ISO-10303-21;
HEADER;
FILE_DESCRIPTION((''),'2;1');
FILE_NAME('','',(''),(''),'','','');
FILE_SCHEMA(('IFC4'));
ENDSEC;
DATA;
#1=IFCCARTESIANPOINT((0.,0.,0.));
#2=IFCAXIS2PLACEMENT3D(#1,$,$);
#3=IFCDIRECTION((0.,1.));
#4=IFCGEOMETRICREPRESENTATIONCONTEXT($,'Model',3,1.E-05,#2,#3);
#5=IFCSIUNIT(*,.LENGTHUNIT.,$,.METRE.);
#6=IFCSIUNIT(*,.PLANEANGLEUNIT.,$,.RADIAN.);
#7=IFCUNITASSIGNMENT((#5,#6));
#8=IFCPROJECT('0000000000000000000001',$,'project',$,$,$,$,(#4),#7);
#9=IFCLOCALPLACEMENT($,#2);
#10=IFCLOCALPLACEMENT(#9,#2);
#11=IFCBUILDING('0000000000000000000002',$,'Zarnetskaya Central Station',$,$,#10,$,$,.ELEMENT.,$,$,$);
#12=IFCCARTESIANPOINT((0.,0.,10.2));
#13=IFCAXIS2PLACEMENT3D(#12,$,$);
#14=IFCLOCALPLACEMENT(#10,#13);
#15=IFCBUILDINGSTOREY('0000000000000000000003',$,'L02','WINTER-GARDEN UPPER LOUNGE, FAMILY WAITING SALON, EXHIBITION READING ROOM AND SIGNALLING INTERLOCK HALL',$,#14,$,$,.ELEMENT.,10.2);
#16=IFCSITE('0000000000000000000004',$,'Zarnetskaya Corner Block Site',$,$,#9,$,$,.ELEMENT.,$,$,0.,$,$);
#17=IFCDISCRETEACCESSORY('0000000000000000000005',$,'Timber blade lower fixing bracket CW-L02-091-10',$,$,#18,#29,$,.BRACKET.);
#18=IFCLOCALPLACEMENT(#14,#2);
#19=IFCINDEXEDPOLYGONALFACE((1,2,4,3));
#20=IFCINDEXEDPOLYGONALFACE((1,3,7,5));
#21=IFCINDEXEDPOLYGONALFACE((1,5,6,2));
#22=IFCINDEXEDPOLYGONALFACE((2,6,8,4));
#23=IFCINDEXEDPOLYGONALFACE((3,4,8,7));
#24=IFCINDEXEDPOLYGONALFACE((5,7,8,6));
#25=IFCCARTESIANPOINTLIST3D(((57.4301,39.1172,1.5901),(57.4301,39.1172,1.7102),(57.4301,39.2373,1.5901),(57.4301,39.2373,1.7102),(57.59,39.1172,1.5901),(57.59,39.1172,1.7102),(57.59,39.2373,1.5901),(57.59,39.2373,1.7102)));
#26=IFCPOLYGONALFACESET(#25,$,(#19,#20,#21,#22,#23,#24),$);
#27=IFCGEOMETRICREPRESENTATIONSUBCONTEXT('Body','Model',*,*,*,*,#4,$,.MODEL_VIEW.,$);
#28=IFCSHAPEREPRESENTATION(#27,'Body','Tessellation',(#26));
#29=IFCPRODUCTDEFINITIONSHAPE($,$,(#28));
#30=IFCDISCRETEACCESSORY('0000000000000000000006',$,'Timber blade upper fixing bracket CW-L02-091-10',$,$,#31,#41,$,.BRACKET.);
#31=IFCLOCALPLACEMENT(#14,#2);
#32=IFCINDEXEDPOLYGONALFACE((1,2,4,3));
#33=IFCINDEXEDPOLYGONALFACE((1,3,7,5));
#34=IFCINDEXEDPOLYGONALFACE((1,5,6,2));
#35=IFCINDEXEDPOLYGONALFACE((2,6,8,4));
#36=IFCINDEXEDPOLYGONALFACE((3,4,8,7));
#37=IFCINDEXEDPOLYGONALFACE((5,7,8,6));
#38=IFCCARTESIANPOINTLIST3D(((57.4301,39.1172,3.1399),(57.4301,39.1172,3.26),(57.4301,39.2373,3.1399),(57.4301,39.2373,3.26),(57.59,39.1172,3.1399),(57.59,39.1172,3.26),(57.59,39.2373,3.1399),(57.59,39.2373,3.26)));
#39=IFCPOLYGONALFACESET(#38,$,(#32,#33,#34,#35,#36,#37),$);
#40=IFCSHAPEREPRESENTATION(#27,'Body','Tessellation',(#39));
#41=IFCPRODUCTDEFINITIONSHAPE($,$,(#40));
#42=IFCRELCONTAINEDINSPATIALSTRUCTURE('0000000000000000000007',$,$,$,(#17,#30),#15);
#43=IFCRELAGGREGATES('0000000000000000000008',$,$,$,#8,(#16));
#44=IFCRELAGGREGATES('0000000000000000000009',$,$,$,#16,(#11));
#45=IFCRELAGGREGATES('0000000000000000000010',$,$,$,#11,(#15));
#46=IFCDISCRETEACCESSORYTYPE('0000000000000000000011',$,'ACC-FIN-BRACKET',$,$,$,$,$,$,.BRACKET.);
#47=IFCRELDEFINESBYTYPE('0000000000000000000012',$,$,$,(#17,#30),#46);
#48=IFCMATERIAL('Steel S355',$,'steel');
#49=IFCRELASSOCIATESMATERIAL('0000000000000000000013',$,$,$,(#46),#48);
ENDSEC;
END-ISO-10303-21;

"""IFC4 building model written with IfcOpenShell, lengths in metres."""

from ifc_helpers import new_model, si_unit, direction, frame, origin, origin_2d, place, context, subcontext, project, spatial, rectangle, extrude, material, type_object, element, save


model = new_model("IFC4")

# Units and contexts
model_context = context("Model", 3, precision=1e-05, world=origin(), true_north=direction((0.0, 1.0)))
body_context = subcontext(model_context, "Body", "Model", "MODEL_VIEW")
ifc_project = project(units=[si_unit("LENGTHUNIT", "METRE"), si_unit("PLANEANGLEUNIT", "RADIAN")], contexts=[model_context])

# Site, building, storey
site_placement = place(None, origin())
site = spatial("IfcSite", under=ifc_project, at=site_placement, Name="Zarnetskaya Corner Block Site", CompositionType="ELEMENT", RefElevation=0.0)
building_placement = place(site_placement, origin())
building = spatial("IfcBuilding", under=site, at=building_placement, Name="Zarnetskaya Central Station", CompositionType="ELEMENT")
storey_placement = place(building_placement, frame((0.0, 0.0, 10.2)))
storey = spatial("IfcBuildingStorey", under=building, at=storey_placement, Name="L02", Description="WINTER-GARDEN UPPER LOUNGE, FAMILY WAITING SALON, EXHIBITION READING ROOM AND SIGNALLING INTERLOCK HALL", CompositionType="ELEMENT", Elevation=10.2)

# Shared definitions
ifc_material_1 = material(Name="Steel S355", Category="steel")

# Discrete accessories
discrete_accessory_type = type_object("IfcDiscreteAccessoryType", Name="ACC-FIN-BRACKET", PredefinedType="BRACKET", material=ifc_material_1)
for number, where, z_axis, x_axis, name in (
    (1, (57.51, 39.1772, 1.5901), (0.0, 0.0, 1.0), (0.0, 1.0, 0.0), "Timber blade lower fixing bracket CW-L02-091-10"),
    (2, (57.51, 39.1772, 3.1399), (0.0, 0.0, 1.0), (0.0, 1.0, 0.0), "Timber blade upper fixing bracket CW-L02-091-10"),
):
    element("IfcDiscreteAccessory", number, at=place(storey_placement, frame(where, z_axis=z_axis, x_axis=x_axis)), inside=storey, type_object=discrete_accessory_type, Name=name, PredefinedType="BRACKET", context=body_context, shape_type="SweptSolid", body=[
        extrude(rectangle(XDim=0.1201, YDim=0.1599, at=origin_2d()), origin(), (0.0, 0.0, 1.0), 0.1201),
    ])

save(model, "model.ifc")
